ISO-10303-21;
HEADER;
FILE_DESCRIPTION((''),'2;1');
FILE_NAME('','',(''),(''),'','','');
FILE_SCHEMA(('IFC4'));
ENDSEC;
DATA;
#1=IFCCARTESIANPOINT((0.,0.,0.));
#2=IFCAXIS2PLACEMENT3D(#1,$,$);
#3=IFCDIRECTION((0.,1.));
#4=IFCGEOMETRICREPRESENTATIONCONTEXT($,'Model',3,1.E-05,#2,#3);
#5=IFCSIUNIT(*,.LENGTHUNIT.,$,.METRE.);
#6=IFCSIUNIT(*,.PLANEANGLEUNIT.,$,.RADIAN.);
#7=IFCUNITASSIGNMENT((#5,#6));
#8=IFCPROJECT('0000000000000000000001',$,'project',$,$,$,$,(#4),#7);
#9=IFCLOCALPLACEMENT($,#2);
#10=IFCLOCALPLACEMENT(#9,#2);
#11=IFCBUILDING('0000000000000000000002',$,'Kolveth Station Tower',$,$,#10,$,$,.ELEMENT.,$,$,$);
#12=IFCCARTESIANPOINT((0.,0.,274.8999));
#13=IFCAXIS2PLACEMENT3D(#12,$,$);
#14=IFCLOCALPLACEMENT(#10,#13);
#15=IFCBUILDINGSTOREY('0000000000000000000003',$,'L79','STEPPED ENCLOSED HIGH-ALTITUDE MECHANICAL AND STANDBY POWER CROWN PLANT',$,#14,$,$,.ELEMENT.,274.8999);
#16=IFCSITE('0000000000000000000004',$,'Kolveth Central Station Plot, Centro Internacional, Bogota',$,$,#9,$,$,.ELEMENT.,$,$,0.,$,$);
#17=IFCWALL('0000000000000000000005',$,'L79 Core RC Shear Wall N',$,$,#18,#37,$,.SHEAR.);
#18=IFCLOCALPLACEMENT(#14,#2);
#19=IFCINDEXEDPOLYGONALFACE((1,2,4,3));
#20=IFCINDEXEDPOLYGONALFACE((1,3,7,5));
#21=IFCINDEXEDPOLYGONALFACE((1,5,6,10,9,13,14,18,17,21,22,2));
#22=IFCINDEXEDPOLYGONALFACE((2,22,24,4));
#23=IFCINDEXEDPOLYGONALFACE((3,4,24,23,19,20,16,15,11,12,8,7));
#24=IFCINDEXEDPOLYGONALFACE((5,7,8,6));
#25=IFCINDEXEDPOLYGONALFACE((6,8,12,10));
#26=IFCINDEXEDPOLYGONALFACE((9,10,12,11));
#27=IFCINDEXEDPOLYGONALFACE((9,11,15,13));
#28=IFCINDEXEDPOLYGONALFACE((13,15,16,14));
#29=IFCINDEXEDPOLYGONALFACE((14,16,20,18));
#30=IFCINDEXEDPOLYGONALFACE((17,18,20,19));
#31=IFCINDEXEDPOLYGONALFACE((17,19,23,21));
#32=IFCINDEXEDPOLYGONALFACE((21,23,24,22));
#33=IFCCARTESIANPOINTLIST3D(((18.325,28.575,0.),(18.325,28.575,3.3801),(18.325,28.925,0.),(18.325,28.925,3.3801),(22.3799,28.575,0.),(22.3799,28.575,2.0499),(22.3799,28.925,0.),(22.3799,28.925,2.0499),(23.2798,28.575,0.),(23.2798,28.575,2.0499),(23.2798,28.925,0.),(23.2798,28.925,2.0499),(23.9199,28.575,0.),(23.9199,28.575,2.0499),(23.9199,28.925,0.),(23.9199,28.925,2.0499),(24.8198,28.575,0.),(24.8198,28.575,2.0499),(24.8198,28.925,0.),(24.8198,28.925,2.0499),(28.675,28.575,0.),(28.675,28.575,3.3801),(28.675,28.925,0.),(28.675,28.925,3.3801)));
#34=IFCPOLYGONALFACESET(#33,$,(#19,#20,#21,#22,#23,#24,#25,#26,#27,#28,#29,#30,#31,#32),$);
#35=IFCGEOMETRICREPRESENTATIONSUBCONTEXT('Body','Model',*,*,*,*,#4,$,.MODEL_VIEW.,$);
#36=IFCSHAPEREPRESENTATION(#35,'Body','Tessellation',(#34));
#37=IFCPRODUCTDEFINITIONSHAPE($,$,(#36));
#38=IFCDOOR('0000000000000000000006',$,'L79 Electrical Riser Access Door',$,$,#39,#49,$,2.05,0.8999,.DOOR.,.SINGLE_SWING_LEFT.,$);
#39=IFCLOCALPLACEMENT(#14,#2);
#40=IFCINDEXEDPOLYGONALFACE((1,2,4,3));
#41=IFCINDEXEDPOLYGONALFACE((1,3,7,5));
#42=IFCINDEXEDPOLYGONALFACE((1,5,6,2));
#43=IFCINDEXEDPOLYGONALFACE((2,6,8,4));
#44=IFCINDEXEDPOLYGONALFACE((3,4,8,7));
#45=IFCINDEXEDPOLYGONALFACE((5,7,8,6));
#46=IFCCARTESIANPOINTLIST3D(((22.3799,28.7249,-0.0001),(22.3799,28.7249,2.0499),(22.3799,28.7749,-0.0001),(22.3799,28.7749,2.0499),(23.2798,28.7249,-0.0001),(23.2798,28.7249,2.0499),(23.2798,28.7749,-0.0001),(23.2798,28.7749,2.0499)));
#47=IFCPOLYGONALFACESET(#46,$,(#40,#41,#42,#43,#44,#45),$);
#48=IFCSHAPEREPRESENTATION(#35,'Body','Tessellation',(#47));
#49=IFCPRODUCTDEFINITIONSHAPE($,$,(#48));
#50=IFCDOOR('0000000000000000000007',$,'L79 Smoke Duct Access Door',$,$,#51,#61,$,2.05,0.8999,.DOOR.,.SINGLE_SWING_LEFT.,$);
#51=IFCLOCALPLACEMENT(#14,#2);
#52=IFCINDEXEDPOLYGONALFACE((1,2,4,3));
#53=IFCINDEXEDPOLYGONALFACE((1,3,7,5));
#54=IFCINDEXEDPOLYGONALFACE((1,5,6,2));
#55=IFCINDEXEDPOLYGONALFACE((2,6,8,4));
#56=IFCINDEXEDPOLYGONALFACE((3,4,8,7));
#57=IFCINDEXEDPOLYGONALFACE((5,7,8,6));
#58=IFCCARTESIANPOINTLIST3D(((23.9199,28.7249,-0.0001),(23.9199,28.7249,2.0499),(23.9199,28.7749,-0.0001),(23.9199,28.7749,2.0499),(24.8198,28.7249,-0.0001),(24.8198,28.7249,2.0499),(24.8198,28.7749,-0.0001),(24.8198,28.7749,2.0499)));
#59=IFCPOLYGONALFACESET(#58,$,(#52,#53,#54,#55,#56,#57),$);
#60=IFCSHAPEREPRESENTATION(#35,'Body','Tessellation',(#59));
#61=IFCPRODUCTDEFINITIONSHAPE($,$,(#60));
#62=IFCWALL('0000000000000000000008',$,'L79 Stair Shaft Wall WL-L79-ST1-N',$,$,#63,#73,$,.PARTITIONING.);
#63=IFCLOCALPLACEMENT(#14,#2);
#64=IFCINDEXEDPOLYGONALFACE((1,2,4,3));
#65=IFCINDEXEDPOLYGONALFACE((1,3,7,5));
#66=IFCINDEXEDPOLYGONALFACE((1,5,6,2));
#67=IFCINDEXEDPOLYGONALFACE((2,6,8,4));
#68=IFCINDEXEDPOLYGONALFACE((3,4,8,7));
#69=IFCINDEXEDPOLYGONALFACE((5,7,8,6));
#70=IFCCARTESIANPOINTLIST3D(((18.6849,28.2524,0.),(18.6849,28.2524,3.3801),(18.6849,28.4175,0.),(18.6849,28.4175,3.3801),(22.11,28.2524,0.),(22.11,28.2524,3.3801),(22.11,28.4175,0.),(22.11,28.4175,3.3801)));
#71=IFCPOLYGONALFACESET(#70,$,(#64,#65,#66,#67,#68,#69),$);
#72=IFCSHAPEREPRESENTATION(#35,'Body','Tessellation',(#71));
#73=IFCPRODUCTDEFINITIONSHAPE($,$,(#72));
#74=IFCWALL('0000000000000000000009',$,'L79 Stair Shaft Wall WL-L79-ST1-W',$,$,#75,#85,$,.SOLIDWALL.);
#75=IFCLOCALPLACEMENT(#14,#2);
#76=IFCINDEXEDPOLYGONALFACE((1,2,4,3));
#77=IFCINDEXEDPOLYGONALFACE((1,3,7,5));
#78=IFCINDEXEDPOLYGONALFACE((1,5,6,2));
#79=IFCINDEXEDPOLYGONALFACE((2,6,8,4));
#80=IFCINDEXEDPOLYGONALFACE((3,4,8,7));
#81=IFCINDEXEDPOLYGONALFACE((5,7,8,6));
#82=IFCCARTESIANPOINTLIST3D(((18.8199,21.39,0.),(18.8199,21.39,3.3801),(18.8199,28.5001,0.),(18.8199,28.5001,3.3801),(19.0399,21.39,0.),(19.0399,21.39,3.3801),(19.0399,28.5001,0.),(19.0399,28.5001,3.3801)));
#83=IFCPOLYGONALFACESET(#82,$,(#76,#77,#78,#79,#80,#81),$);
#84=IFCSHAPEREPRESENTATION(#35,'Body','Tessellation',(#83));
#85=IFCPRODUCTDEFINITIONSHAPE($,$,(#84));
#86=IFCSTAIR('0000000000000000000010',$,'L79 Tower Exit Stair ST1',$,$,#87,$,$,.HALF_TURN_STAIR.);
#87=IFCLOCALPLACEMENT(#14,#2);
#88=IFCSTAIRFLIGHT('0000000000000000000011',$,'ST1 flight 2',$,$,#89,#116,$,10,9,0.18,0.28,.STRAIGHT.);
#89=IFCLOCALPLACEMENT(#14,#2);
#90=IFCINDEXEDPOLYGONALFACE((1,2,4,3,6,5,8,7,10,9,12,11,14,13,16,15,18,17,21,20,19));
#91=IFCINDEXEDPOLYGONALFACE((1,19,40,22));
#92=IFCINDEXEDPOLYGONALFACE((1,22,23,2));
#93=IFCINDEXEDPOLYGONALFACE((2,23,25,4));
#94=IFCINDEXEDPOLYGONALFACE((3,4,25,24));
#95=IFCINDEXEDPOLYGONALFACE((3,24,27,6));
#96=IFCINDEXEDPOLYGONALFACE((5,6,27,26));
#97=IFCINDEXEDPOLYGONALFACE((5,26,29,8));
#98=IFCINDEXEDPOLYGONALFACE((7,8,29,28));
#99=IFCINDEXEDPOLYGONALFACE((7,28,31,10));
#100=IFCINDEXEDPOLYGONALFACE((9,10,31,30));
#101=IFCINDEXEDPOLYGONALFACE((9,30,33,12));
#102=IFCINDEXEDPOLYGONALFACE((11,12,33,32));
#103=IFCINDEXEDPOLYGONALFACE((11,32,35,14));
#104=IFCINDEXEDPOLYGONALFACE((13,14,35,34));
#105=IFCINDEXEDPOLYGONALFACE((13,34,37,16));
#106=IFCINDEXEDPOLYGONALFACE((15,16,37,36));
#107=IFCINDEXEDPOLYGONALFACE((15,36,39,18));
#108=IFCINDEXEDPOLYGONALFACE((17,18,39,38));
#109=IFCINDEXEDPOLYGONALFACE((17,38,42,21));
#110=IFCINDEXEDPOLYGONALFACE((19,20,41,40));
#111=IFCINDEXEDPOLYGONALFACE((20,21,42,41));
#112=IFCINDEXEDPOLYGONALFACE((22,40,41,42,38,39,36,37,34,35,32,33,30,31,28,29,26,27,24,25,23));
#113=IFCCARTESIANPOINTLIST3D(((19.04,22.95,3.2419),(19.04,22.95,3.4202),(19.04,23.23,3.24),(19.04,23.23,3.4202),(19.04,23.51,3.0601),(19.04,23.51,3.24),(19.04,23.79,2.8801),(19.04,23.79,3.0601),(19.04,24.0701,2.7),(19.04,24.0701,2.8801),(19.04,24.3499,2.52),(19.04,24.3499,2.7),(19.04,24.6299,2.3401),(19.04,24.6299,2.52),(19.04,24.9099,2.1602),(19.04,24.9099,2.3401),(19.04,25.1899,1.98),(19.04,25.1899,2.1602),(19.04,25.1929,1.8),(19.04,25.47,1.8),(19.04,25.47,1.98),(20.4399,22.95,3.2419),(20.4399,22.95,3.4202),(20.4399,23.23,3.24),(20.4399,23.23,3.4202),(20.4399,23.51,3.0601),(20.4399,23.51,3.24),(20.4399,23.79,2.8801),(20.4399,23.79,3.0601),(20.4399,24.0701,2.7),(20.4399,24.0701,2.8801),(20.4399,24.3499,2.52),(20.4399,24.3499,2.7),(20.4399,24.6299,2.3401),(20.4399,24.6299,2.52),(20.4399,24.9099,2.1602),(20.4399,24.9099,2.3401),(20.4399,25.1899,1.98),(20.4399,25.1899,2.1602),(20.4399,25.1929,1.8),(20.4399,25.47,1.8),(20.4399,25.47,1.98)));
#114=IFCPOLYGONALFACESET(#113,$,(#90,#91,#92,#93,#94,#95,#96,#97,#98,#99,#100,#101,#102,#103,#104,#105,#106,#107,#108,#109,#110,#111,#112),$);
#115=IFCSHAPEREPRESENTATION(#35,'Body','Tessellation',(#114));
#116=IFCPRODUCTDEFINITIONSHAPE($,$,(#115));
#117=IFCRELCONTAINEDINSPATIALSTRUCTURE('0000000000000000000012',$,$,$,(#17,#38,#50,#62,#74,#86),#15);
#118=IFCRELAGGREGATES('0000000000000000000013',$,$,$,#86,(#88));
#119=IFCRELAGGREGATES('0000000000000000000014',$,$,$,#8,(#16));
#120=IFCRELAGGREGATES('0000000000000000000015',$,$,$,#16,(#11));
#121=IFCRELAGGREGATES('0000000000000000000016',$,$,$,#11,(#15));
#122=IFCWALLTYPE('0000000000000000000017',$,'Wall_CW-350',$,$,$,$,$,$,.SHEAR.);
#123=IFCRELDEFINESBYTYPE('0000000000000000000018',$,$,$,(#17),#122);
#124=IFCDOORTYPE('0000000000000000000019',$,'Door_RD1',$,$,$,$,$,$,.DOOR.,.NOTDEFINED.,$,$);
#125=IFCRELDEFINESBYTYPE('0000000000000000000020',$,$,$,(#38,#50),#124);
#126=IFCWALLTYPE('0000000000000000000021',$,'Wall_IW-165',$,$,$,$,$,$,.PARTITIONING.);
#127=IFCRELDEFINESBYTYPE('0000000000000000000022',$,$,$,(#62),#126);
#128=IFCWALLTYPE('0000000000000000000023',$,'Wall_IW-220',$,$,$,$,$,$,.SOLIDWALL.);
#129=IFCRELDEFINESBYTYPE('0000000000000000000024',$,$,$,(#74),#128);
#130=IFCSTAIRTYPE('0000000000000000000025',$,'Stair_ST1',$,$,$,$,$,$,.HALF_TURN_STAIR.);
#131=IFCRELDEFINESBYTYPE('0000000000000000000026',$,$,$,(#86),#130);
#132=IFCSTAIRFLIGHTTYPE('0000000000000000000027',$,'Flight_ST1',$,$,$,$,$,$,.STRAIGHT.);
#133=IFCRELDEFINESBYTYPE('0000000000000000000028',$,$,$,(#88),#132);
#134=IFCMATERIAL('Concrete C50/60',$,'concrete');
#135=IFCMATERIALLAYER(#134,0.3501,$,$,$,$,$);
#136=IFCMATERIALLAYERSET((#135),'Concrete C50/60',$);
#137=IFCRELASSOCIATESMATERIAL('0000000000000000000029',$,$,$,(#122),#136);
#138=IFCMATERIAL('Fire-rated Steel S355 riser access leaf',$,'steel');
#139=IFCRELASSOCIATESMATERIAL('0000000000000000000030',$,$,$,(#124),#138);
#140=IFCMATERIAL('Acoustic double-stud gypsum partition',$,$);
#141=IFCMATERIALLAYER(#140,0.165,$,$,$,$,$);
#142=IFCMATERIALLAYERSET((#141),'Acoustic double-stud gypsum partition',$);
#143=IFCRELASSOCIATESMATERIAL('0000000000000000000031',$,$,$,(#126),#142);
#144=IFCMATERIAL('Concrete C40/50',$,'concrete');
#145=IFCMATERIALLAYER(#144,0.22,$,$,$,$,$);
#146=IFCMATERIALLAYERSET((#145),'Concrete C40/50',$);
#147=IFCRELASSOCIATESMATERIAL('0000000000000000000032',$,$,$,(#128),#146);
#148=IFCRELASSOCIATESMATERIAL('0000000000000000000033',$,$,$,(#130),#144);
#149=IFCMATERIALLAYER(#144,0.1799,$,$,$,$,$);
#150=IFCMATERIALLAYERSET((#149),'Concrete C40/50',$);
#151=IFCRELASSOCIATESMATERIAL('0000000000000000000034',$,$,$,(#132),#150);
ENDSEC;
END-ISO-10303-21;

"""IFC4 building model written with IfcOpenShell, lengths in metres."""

from ifc_helpers import new_model, si_unit, direction, frame, frame_2d, origin, place, context, subcontext, project, spatial, polyline, rectangle, outline, extrude, material, layer, layer_set, type_object, element, fill, aggregate, save


model = new_model("IFC4")

# Units and contexts
model_context = context("Model", 3, precision=1e-05, world=origin(), true_north=direction((0.0, 1.0)))
body_context = subcontext(model_context, "Body", "Model", "MODEL_VIEW")
ifc_project = project(units=[si_unit("LENGTHUNIT", "METRE"), si_unit("PLANEANGLEUNIT", "RADIAN")], contexts=[model_context])

# Site, building, storey
site_placement = place(None, origin())
site = spatial("IfcSite", under=ifc_project, at=site_placement, Name="Kolveth Central Station Plot, Centro Internacional, Bogota", CompositionType="ELEMENT", RefElevation=0.0)
building_placement = place(site_placement, origin())
building = spatial("IfcBuilding", under=site, at=building_placement, Name="Kolveth Station Tower", CompositionType="ELEMENT")
storey_placement = place(building_placement, frame((0.0, 0.0, 274.8999)))
storey = spatial("IfcBuildingStorey", under=building, at=storey_placement, Name="L79", Description="STEPPED ENCLOSED HIGH-ALTITUDE MECHANICAL AND STANDBY POWER CROWN PLANT", CompositionType="ELEMENT", Elevation=274.8999)

# Shared definitions
ifc_material_1 = material(Name="Concrete C40/50", Category="concrete")

# Wall, openings, doors
ifc_material_2 = material(Name="Concrete C50/60", Category="concrete")
ifc_layer_1 = layer(ifc_material_2, 0.3501)
ifc_layer_set_1 = layer_set([ifc_layer_1], Name="Concrete C50/60")
wall_type_1 = type_object("IfcWallType", Name="Wall_CW-350", PredefinedType="SHEAR", material=ifc_layer_set_1)
wall_1_placement = place(storey_placement, frame((18.325, 28.75, 0.0), z_axis=(0.0, 0.0, 1.0), x_axis=(1.0, 0.0, 0.0)))
wall_1 = element("IfcWall", 1, at=wall_1_placement, inside=storey, type_object=wall_type_1, Name="L79 Core RC Shear Wall N", PredefinedType="SHEAR", context=body_context, shape_type="SweptSolid", body=[
    extrude(rectangle(XDim=10.3501, YDim=0.3501, at=frame_2d((5.175, 0.0))), origin(), (0.0, 0.0, 1.0), 3.3801),
])
opening_1_placement = place(wall_1_placement, frame((4.0549, 0.0, 0.0)))
opening_1 = element("IfcOpeningElement", 2, at=opening_1_placement, cuts=wall_1, PredefinedType="OPENING", context=body_context, shape_type="SweptSolid", body=[
    extrude(rectangle(XDim=0.8999, YDim=2.05, at=frame_2d((0.45, 1.0249))), frame((0.0, 0.1851, 0.0), z_axis=(0.0, -1.0, 0.0), x_axis=(1.0, 0.0, 0.0)), (0.0, 0.0, 1.0), 0.3701),
])
opening_2_placement = place(wall_1_placement, frame((5.595, 0.0, 0.0)))
opening_2 = element("IfcOpeningElement", 3, at=opening_2_placement, cuts=wall_1, PredefinedType="OPENING", context=body_context, shape_type="SweptSolid", body=[
    extrude(rectangle(XDim=0.8999, YDim=2.05, at=frame_2d((0.45, 1.0249))), frame((0.0, 0.1851, 0.0), z_axis=(0.0, -1.0, 0.0), x_axis=(1.0, 0.0, 0.0)), (0.0, 0.0, 1.0), 0.3701),
])
ifc_material_3 = material(Name="Fire-rated Steel S355 riser access leaf", Category="steel")
door_type_1 = type_object("IfcDoorType", Name="Door_RD1", OperationType="NOTDEFINED", PredefinedType="DOOR", material=ifc_material_3)
door_1_placement = place(opening_1_placement, origin())
door_1 = element("IfcDoor", 4, at=door_1_placement, inside=storey, type_object=door_type_1, Name="L79 Electrical Riser Access Door", OperationType="SINGLE_SWING_LEFT", OverallHeight=2.05, OverallWidth=0.8999, PredefinedType="DOOR", context=body_context, shape_type="SweptSolid", body=[
    extrude(rectangle(XDim=0.8999, YDim=2.05, at=frame_2d((0.45, 1.0249))), frame((0.0, 0.0249, 0.0), z_axis=(0.0, -1.0, 0.0), x_axis=(1.0, 0.0, 0.0)), (0.0, 0.0, 1.0), 0.05),
])
fill(opening_1, door_1)
door_2_placement = place(opening_2_placement, origin())
door_2 = element("IfcDoor", 5, at=door_2_placement, inside=storey, type_object=door_type_1, Name="L79 Smoke Duct Access Door", OperationType="SINGLE_SWING_LEFT", OverallHeight=2.05, OverallWidth=0.8999, PredefinedType="DOOR", context=body_context, shape_type="SweptSolid", body=[
    extrude(rectangle(XDim=0.8999, YDim=2.05, at=frame_2d((0.45, 1.0249))), frame((0.0, 0.0249, 0.0), z_axis=(0.0, -1.0, 0.0), x_axis=(1.0, 0.0, 0.0)), (0.0, 0.0, 1.0), 0.05),
])
fill(opening_2, door_2)

# Walls
ifc_material_4 = material(Name="Acoustic double-stud gypsum partition")
ifc_layer_2 = layer(ifc_material_4, 0.165)
ifc_layer_set_2 = layer_set([ifc_layer_2], Name="Acoustic double-stud gypsum partition")
wall_type_2 = type_object("IfcWallType", Name="Wall_IW-165", PredefinedType="PARTITIONING", material=ifc_layer_set_2)
wall_2_placement = place(storey_placement, frame((18.6851, 28.335, 0.0), z_axis=(0.0, 0.0, 1.0), x_axis=(1.0, 0.0, 0.0)))
element("IfcWall", 6, at=wall_2_placement, inside=storey, type_object=wall_type_2, Name="L79 Stair Shaft Wall WL-L79-ST1-N", PredefinedType="PARTITIONING", context=body_context, shape_type="SweptSolid", body=[
    extrude(rectangle(XDim=3.425, YDim=0.165, at=frame_2d((1.7124, 0.0))), origin(), (0.0, 0.0, 1.0), 3.3801),
])
ifc_layer_3 = layer(ifc_material_1, 0.22)
ifc_layer_set_3 = layer_set([ifc_layer_3], Name="Concrete C40/50")
wall_type_3 = type_object("IfcWallType", Name="Wall_IW-220", PredefinedType="SOLIDWALL", material=ifc_layer_set_3)
wall_3_placement = place(storey_placement, frame((18.9299, 21.3899, 0.0), z_axis=(0.0, 0.0, 1.0), x_axis=(0.0, 1.0, 0.0)))
element("IfcWall", 7, at=wall_3_placement, inside=storey, type_object=wall_type_3, Name="L79 Stair Shaft Wall WL-L79-ST1-W", PredefinedType="SOLIDWALL", context=body_context, shape_type="SweptSolid", body=[
    extrude(rectangle(XDim=7.1101, YDim=0.22, at=frame_2d((3.5552, 0.0))), origin(), (0.0, 0.0, 1.0), 3.3801),
])

# Stair, stair flight
stair_type = type_object("IfcStairType", Name="Stair_ST1", PredefinedType="HALF_TURN_STAIR", material=ifc_material_1)
stair_placement = place(storey_placement, origin())
stair = element("IfcStair", 8, at=stair_placement, inside=storey, type_object=stair_type, Name="L79 Tower Exit Stair ST1", PredefinedType="HALF_TURN_STAIR")
ifc_layer_4 = layer(ifc_material_1, 0.1799)
ifc_layer_set_4 = layer_set([ifc_layer_4], Name="Concrete C40/50")
stair_flight_type = type_object("IfcStairFlightType", Name="Flight_ST1", PredefinedType="STRAIGHT", material=ifc_layer_set_4)
stair_flight_placement = place(storey_placement, frame((19.74, 25.47, 1.8), z_axis=(0.0, 0.0, 1.0), x_axis=(0.0, -1.0, 0.0)))
stair_flight = element("IfcStairFlight", 9, at=stair_flight_placement, type_object=stair_flight_type, Name="ST1 flight 2", NumberOfRisers=10, NumberOfTreads=9, PredefinedType="STRAIGHT", RiserHeight=0.18, TreadLength=0.28, context=body_context, shape_type="SweptSolid", body=[
    extrude(outline(polyline([(0.0, 0.0), (0.0, 0.1799), (0.28, 0.1799), (0.28, 0.3601), (0.5601, 0.3601), (0.5601, 0.54), (0.8401, 0.54), (0.8401, 0.72), (1.1201, 0.72), (1.1201, 0.8999), (1.3999, 0.8999), (1.3999, 1.0801), (1.6799, 1.0801), (1.6799, 1.26), (1.96, 1.26), (1.96, 1.4399), (2.24, 1.4399), (2.24, 1.6201), (2.52, 1.6201), (2.52, 1.8), (2.52, 1.4419), (0.2771, 0.0), (0.0, 0.0)])), frame((0.0, 0.7, 0.0), z_axis=(0.0, -1.0, 0.0), x_axis=(1.0, 0.0, 0.0)), (0.0, 0.0, 1.0), 1.3999),
])
aggregate(stair, [stair_flight])

save(model, "model.ifc")
